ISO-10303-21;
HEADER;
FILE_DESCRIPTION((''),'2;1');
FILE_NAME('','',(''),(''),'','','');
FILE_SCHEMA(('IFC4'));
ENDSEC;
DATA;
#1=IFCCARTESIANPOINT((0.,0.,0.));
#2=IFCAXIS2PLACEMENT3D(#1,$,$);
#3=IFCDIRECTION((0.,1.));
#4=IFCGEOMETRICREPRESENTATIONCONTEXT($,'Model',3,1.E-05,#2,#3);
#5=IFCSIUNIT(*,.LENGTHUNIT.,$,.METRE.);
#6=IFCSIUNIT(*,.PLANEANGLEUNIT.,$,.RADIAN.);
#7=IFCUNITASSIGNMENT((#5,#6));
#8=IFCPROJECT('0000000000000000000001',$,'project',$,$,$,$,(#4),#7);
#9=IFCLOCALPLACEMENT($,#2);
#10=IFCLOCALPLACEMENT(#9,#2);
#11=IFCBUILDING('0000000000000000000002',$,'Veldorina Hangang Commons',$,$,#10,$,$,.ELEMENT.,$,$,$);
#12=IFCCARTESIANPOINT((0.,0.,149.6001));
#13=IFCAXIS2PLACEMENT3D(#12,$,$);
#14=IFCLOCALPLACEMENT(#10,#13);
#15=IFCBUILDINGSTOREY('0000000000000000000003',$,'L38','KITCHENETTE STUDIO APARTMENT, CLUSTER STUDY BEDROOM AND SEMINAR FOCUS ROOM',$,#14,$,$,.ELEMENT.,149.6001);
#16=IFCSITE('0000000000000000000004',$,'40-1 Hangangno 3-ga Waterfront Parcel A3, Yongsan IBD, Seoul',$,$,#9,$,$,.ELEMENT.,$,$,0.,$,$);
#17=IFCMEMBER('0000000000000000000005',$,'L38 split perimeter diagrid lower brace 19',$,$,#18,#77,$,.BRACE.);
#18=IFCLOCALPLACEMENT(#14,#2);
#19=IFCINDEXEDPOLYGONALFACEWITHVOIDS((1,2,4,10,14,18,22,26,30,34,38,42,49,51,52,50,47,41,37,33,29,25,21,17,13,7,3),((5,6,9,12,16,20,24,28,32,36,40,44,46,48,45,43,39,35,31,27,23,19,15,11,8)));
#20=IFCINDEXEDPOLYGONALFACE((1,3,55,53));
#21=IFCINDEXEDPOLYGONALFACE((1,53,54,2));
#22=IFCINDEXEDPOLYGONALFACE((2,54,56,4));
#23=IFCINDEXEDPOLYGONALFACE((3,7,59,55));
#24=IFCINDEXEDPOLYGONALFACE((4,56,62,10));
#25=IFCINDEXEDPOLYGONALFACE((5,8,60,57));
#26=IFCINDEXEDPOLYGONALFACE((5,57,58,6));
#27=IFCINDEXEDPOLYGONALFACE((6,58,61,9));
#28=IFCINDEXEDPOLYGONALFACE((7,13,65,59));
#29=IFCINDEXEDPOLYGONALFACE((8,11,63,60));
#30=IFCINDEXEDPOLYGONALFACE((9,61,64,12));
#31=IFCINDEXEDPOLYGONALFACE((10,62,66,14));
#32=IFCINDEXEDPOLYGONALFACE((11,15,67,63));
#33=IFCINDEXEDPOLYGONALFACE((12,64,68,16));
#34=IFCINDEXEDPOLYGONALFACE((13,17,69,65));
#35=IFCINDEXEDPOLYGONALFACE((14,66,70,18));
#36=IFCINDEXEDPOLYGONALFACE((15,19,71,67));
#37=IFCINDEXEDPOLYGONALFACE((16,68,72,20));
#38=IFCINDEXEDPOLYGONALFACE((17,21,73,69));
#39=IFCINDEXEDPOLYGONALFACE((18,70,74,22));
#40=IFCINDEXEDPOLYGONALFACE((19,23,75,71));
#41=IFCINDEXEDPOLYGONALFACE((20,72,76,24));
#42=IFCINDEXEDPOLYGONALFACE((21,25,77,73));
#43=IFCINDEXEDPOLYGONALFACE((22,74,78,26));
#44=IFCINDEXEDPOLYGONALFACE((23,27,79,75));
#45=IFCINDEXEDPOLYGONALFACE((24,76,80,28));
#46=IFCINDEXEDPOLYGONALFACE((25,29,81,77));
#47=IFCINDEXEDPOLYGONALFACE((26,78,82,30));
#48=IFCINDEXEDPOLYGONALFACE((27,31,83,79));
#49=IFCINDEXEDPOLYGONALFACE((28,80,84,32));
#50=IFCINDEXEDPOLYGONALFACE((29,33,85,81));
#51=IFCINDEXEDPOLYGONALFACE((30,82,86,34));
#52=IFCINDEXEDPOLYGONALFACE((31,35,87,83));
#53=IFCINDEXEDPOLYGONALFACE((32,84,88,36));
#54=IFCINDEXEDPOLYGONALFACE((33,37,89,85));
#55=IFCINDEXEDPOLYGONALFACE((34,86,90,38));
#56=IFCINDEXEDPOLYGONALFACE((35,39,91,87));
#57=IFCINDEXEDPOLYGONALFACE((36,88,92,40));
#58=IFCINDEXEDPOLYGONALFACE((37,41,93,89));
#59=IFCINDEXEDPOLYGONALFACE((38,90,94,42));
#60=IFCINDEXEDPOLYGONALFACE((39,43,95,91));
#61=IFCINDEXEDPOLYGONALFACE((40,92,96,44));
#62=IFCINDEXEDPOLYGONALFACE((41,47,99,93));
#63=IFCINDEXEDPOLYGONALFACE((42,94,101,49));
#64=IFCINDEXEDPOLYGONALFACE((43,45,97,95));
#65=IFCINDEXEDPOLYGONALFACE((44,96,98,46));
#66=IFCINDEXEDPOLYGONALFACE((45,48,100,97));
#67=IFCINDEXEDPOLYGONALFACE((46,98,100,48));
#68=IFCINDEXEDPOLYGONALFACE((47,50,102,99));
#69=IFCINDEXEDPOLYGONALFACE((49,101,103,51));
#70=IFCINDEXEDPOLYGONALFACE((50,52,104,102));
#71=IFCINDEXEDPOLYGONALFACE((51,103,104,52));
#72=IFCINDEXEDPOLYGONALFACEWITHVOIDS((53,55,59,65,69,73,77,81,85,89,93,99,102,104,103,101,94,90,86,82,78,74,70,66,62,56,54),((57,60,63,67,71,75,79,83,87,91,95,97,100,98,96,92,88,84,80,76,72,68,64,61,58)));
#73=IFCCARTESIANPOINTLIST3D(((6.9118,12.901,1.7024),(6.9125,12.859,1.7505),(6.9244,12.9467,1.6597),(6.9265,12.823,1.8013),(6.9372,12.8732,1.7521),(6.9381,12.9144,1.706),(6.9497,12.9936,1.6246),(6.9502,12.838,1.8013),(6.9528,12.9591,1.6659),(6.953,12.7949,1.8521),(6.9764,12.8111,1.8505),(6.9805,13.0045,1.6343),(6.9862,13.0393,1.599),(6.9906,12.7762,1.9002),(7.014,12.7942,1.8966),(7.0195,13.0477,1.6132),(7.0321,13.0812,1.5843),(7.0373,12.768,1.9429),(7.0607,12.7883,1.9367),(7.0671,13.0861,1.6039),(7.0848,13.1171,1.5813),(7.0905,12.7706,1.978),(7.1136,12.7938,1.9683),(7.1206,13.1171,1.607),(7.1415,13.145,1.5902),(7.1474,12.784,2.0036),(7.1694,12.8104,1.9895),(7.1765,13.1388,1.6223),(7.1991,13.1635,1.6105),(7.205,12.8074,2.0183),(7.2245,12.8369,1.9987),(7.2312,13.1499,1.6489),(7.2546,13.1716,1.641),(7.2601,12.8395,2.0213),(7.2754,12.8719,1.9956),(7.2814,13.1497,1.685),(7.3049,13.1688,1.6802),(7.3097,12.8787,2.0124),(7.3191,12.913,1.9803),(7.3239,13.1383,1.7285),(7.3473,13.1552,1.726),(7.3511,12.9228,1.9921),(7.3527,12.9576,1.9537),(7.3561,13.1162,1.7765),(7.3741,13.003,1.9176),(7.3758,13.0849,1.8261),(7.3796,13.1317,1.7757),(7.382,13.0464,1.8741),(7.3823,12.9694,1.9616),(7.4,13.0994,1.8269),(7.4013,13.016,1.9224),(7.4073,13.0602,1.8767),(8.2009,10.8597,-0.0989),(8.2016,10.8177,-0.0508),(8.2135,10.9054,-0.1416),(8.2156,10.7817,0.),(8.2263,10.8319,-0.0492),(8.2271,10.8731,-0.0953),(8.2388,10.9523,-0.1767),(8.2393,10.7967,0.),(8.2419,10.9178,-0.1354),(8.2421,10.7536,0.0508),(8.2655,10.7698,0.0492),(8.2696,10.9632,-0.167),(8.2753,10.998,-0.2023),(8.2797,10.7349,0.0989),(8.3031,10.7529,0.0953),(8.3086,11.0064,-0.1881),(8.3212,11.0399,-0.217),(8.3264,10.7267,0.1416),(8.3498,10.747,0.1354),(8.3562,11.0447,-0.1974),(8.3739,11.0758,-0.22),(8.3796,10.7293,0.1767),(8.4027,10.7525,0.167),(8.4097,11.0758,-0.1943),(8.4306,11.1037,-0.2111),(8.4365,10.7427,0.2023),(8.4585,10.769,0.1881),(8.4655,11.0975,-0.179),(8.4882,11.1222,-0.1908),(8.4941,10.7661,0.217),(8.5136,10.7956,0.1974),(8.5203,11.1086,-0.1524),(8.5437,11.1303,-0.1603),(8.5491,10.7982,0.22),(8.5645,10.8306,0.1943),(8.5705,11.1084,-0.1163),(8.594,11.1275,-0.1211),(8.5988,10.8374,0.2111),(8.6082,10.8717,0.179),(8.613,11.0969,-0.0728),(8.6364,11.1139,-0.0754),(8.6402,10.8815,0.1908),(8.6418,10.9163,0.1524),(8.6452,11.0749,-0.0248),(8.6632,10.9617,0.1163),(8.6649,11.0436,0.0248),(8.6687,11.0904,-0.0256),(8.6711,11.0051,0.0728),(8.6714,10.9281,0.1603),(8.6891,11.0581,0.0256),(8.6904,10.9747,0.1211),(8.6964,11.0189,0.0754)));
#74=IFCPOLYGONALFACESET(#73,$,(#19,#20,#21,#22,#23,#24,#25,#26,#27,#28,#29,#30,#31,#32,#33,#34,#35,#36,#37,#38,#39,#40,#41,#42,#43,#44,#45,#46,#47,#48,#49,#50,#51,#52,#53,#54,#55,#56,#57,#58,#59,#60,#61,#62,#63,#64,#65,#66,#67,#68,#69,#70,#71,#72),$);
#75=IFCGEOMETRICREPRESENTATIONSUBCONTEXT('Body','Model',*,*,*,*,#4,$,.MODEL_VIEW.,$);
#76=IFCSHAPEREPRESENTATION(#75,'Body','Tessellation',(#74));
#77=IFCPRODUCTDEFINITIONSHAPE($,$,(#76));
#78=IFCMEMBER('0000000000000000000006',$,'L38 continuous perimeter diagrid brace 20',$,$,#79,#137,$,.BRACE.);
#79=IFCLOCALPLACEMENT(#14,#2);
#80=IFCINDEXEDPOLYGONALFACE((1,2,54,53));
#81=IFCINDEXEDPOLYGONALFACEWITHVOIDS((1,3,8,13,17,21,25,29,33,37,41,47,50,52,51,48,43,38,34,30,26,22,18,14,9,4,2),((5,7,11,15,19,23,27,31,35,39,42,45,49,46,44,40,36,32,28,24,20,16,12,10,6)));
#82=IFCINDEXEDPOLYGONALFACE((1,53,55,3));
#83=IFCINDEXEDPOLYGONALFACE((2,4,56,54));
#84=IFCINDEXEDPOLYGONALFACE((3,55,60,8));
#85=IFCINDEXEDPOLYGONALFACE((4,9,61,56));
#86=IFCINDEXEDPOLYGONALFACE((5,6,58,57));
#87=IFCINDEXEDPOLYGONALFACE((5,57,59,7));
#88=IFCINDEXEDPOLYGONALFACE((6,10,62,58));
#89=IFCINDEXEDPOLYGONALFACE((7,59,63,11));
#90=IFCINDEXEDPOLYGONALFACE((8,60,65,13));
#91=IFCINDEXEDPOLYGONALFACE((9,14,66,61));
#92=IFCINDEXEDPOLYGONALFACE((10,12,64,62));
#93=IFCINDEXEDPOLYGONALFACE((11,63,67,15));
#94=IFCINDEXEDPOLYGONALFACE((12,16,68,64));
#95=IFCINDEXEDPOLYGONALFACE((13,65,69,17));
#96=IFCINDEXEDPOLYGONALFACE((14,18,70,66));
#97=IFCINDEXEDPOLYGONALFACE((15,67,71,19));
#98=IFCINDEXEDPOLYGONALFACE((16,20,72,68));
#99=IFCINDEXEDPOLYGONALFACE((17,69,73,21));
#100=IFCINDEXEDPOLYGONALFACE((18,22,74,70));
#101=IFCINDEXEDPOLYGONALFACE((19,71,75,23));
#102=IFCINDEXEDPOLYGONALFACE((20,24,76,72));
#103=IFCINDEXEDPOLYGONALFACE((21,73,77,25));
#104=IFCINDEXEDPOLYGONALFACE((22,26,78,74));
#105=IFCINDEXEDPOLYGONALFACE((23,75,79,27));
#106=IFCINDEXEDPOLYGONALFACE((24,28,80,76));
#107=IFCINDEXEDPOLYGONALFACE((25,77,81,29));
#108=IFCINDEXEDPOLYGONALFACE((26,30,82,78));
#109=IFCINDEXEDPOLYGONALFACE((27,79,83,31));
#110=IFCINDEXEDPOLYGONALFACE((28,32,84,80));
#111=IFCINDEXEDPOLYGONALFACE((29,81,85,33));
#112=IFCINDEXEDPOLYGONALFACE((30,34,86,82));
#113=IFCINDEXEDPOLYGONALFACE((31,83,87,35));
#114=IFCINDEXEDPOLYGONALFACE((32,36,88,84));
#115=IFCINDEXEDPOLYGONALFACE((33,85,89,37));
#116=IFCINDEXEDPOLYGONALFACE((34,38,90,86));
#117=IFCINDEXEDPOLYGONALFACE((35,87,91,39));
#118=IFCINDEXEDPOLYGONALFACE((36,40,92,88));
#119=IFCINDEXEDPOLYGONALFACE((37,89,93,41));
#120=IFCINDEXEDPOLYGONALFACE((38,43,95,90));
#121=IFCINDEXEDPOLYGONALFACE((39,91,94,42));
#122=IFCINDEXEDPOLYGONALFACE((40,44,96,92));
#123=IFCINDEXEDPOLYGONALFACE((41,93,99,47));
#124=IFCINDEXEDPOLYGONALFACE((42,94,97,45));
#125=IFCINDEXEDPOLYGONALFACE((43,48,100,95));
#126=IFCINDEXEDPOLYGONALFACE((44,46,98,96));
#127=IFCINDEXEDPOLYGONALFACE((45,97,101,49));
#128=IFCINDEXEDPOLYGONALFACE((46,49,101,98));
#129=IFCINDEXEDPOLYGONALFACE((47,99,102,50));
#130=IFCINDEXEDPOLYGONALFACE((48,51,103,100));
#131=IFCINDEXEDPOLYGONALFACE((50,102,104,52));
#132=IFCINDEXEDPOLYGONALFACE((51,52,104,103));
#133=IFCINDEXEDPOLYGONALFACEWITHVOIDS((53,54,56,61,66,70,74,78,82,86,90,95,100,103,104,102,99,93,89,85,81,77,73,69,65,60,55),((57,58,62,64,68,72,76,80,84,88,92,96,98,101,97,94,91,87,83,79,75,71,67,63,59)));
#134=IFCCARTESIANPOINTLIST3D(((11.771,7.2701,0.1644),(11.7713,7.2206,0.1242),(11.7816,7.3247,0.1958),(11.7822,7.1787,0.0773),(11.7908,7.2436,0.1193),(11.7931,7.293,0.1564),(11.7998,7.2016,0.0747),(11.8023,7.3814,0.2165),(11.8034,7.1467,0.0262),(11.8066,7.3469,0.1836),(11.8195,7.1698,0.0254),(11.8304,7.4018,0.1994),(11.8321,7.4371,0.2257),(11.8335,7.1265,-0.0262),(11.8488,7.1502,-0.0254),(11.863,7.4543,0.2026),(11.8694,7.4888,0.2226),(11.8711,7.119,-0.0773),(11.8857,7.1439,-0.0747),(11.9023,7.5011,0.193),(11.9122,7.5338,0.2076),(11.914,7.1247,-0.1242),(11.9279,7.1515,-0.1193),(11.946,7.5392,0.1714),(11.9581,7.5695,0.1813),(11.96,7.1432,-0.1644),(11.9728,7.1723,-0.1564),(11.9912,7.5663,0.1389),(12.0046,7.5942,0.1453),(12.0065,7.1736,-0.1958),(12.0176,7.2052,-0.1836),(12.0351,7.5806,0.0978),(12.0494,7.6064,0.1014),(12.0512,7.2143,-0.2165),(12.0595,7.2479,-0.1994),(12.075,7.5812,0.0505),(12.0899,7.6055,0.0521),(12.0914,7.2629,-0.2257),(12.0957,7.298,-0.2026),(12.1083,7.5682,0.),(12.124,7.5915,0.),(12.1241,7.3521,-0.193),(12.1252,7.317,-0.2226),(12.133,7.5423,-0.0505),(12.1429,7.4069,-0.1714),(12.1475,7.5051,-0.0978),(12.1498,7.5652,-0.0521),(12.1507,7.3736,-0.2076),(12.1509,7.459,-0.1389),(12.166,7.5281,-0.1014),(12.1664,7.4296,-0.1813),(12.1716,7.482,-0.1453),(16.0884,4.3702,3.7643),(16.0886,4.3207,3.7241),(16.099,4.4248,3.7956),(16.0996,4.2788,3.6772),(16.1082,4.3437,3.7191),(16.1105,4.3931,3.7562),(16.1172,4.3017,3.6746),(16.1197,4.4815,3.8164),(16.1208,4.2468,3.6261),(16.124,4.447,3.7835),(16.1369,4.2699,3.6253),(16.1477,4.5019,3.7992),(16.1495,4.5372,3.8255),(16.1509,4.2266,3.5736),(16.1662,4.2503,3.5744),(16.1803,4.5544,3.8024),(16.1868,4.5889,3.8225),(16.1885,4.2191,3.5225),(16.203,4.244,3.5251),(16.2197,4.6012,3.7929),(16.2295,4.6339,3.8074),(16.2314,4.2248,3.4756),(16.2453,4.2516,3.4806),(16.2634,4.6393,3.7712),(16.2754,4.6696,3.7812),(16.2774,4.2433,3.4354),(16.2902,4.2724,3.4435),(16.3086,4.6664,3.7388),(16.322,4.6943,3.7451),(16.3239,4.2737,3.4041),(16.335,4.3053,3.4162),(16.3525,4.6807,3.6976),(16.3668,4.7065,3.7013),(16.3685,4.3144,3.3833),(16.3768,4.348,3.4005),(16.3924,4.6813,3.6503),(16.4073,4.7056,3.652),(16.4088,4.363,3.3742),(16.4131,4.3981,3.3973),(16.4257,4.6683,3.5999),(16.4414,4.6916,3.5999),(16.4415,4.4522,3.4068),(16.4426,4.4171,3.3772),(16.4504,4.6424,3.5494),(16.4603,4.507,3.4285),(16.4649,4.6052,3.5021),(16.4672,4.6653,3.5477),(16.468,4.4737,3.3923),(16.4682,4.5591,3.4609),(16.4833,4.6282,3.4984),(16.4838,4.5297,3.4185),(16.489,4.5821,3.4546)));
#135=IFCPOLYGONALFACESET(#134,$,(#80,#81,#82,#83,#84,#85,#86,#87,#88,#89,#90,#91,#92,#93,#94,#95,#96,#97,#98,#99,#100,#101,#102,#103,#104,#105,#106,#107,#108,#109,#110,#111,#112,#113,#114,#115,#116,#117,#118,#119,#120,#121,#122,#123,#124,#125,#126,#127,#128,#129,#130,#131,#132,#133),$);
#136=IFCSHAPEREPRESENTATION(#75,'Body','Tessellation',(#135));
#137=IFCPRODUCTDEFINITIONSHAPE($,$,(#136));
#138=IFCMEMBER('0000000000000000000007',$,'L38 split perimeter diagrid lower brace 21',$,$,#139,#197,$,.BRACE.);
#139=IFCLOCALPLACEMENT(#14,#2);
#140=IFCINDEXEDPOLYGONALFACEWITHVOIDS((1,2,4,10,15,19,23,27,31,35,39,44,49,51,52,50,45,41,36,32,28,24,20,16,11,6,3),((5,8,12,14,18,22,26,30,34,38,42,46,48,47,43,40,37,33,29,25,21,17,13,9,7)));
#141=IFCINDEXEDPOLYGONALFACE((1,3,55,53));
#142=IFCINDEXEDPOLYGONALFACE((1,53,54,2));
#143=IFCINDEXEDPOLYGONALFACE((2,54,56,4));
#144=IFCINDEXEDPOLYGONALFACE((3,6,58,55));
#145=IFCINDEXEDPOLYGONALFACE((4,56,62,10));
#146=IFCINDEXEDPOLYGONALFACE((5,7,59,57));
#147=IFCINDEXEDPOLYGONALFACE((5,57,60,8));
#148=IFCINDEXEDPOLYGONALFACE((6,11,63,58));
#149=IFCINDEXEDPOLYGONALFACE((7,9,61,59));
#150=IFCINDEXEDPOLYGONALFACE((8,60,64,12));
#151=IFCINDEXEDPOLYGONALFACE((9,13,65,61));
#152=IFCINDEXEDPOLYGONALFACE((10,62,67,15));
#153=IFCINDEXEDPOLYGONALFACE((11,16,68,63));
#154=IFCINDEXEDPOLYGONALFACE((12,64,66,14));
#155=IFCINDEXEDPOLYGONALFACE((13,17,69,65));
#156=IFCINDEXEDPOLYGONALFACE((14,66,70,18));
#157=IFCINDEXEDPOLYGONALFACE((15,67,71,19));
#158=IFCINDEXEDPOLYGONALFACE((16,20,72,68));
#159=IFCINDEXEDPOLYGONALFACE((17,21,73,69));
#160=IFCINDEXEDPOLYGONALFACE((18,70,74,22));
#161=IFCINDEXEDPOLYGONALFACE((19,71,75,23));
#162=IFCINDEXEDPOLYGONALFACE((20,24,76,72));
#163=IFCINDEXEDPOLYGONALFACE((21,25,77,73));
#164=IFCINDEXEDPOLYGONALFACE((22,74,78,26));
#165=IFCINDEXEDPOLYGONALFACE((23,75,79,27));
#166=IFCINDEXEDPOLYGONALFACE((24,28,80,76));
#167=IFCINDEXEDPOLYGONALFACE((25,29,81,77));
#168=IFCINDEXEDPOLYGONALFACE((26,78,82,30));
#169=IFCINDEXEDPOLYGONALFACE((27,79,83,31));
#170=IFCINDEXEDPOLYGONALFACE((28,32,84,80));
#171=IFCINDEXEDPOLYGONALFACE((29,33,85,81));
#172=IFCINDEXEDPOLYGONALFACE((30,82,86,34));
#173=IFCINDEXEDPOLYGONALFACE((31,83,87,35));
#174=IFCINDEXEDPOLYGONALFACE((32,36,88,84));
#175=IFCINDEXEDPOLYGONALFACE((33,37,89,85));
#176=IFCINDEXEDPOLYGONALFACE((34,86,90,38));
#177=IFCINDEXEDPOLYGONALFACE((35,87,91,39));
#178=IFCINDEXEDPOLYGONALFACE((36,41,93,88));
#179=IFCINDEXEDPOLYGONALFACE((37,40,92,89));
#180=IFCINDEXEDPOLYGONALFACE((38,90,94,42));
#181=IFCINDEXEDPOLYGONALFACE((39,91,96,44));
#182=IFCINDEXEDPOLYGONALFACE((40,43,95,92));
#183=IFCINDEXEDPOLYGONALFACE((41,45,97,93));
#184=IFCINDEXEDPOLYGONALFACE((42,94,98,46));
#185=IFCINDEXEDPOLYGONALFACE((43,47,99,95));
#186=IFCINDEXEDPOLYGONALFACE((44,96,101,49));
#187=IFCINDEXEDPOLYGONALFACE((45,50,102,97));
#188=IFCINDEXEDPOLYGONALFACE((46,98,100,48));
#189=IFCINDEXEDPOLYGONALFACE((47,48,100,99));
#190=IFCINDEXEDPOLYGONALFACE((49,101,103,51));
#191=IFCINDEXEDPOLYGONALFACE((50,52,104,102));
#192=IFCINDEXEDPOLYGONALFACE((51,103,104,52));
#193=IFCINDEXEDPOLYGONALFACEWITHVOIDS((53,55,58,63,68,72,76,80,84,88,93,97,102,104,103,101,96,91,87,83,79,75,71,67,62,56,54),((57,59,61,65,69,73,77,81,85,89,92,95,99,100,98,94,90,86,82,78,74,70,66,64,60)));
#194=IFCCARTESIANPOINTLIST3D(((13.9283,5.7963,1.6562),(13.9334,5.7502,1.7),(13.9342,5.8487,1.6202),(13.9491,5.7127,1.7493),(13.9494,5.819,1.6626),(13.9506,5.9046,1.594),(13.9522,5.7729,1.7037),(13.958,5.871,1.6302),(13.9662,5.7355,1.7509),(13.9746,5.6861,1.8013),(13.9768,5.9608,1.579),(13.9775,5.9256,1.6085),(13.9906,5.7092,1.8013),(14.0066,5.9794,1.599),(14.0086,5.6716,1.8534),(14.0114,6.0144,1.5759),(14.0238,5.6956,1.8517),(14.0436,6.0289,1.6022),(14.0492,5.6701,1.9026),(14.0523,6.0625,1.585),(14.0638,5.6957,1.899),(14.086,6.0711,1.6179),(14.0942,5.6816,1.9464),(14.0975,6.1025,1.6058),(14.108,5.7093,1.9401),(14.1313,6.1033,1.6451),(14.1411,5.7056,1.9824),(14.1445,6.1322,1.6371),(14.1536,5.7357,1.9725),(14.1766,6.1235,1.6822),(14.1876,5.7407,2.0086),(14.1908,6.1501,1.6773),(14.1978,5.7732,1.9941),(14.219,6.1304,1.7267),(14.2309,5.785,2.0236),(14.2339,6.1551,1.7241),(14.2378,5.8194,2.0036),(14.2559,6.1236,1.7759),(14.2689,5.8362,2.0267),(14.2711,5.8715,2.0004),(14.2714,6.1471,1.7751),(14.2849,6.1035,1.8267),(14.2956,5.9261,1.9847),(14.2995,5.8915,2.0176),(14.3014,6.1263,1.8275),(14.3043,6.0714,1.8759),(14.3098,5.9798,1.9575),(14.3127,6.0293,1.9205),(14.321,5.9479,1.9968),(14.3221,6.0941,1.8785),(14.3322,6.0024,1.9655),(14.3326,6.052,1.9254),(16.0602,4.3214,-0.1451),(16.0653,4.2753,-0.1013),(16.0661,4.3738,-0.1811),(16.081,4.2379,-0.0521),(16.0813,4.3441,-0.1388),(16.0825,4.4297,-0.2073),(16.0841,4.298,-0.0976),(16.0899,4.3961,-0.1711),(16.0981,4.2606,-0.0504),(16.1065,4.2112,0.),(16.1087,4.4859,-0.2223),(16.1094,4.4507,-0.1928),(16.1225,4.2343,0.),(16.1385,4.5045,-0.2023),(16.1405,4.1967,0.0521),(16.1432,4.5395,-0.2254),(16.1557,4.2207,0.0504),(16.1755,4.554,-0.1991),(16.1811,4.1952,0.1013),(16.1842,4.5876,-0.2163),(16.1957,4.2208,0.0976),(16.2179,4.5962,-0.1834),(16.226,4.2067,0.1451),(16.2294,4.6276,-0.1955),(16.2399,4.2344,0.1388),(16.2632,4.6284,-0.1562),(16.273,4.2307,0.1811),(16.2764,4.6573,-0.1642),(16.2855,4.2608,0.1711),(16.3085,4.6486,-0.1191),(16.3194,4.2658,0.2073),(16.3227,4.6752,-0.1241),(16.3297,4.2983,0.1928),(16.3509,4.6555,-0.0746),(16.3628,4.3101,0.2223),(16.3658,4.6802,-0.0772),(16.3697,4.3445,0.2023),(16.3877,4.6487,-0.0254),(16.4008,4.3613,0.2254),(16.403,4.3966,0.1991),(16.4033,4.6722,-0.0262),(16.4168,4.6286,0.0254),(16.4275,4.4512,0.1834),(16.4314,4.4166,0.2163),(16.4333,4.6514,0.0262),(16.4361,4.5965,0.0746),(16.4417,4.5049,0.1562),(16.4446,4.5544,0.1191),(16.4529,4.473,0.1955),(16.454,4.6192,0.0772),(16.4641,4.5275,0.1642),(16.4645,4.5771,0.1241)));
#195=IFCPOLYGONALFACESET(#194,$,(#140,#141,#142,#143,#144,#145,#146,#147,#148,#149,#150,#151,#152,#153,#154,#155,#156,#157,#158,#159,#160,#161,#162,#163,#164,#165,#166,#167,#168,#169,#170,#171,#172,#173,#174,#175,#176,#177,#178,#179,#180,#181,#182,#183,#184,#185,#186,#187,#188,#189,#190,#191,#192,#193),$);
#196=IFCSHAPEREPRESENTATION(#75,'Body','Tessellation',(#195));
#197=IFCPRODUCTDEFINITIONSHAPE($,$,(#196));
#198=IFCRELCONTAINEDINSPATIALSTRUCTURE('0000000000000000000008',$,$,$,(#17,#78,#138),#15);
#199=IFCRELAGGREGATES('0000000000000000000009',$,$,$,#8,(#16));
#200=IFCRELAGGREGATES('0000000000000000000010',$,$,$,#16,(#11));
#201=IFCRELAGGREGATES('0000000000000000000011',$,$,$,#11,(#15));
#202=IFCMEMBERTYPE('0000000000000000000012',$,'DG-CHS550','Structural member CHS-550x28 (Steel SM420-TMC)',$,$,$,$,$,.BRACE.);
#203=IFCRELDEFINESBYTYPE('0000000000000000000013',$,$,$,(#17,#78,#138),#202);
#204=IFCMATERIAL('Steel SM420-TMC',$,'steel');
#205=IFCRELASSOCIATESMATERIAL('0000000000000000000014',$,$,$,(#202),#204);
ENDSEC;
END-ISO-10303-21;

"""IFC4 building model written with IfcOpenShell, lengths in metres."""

from ifc_helpers import new_model, si_unit, direction, frame, origin, origin_2d, place, context, subcontext, project, spatial, hollow_circle, extrude, material, material_profile, profile_set, type_object, element, save


model = new_model("IFC4")

# Units and contexts
model_context = context("Model", 3, precision=1e-05, world=origin(), true_north=direction((0.0, 1.0)))
body_context = subcontext(model_context, "Body", "Model", "MODEL_VIEW")
ifc_project = project(units=[si_unit("LENGTHUNIT", "METRE"), si_unit("PLANEANGLEUNIT", "RADIAN")], contexts=[model_context])

# Site, building, storey
site_placement = place(None, origin())
site = spatial("IfcSite", under=ifc_project, at=site_placement, Name="40-1 Hangangno 3-ga Waterfront Parcel A3, Yongsan IBD, Seoul", CompositionType="ELEMENT", RefElevation=0.0)
building_placement = place(site_placement, origin())
building = spatial("IfcBuilding", under=site, at=building_placement, Name="Veldorina Hangang Commons", CompositionType="ELEMENT")
storey_placement = place(building_placement, frame((0.0, 0.0, 149.6001)))
storey = spatial("IfcBuildingStorey", under=building, at=storey_placement, Name="L38", Description="KITCHENETTE STUDIO APARTMENT, CLUSTER STUDY BEDROOM AND SEMINAR FOCUS ROOM", CompositionType="ELEMENT", Elevation=149.6001)

# Shared definitions
ifc_material_1 = material(Name="Steel SM420-TMC", Category="steel")

# Members
ifc_material_profile_1 = material_profile(ifc_material_1, hollow_circle(Radius=0.2749, WallThickness=0.0281, at=origin_2d()), Name="CHS-550x28")
ifc_profile_set_1 = profile_set([ifc_material_profile_1], Name="Steel SM420-TMC")
member_type = type_object("IfcMemberType", Name="DG-CHS550", Description="Structural member CHS-550x28 (Steel SM420-TMC)", PredefinedType="BRACE", material=ifc_profile_set_1)
member_1_placement = place(storey_placement, frame((8.448, 10.9285, 0.0), z_axis=(-0.427956, 0.677677, 0.598003), x_axis=(-0.845518, -0.533947, 0.0)))
element("IfcMember", 1, at=member_1_placement, inside=storey, type_object=member_type, Name="L38 split perimeter diagrid lower brace 19", PredefinedType="BRACE", context=body_context, shape_type="SweptSolid", body=[
    extrude(hollow_circle(Radius=0.2749, WallThickness=0.0281, at=origin_2d()), origin(), (0.0, 0.0, 1.0), 3.0122),
])
member_2_placement = place(storey_placement, frame((11.9707, 7.3633, 0.0), z_axis=(0.682568, -0.458468, 0.569129), x_axis=(0.557578, 0.830124, 0.0)))
element("IfcMember", 2, at=member_2_placement, inside=storey, type_object=member_type, Name="L38 continuous perimeter diagrid brace 20", PredefinedType="BRACE", context=body_context, shape_type="SweptSolid", body=[
    extrude(hollow_circle(Radius=0.2749, WallThickness=0.0281, at=origin_2d()), origin(), (0.0, 0.0, 1.0), 6.3252),
])
member_3_placement = place(storey_placement, frame((16.2629, 4.4373, 0.0), z_axis=(-0.675346, 0.46722, 0.570626), x_axis=(-0.568941, -0.822379, 0.0)))
element("IfcMember", 3, at=member_3_placement, inside=storey, type_object=member_type, Name="L38 split perimeter diagrid lower brace 21", PredefinedType="BRACE", context=body_context, shape_type="SweptSolid", body=[
    extrude(hollow_circle(Radius=0.2749, WallThickness=0.0281, at=origin_2d()), origin(), (0.0, 0.0, 1.0), 3.1567),
])

save(model, "model.ifc")
